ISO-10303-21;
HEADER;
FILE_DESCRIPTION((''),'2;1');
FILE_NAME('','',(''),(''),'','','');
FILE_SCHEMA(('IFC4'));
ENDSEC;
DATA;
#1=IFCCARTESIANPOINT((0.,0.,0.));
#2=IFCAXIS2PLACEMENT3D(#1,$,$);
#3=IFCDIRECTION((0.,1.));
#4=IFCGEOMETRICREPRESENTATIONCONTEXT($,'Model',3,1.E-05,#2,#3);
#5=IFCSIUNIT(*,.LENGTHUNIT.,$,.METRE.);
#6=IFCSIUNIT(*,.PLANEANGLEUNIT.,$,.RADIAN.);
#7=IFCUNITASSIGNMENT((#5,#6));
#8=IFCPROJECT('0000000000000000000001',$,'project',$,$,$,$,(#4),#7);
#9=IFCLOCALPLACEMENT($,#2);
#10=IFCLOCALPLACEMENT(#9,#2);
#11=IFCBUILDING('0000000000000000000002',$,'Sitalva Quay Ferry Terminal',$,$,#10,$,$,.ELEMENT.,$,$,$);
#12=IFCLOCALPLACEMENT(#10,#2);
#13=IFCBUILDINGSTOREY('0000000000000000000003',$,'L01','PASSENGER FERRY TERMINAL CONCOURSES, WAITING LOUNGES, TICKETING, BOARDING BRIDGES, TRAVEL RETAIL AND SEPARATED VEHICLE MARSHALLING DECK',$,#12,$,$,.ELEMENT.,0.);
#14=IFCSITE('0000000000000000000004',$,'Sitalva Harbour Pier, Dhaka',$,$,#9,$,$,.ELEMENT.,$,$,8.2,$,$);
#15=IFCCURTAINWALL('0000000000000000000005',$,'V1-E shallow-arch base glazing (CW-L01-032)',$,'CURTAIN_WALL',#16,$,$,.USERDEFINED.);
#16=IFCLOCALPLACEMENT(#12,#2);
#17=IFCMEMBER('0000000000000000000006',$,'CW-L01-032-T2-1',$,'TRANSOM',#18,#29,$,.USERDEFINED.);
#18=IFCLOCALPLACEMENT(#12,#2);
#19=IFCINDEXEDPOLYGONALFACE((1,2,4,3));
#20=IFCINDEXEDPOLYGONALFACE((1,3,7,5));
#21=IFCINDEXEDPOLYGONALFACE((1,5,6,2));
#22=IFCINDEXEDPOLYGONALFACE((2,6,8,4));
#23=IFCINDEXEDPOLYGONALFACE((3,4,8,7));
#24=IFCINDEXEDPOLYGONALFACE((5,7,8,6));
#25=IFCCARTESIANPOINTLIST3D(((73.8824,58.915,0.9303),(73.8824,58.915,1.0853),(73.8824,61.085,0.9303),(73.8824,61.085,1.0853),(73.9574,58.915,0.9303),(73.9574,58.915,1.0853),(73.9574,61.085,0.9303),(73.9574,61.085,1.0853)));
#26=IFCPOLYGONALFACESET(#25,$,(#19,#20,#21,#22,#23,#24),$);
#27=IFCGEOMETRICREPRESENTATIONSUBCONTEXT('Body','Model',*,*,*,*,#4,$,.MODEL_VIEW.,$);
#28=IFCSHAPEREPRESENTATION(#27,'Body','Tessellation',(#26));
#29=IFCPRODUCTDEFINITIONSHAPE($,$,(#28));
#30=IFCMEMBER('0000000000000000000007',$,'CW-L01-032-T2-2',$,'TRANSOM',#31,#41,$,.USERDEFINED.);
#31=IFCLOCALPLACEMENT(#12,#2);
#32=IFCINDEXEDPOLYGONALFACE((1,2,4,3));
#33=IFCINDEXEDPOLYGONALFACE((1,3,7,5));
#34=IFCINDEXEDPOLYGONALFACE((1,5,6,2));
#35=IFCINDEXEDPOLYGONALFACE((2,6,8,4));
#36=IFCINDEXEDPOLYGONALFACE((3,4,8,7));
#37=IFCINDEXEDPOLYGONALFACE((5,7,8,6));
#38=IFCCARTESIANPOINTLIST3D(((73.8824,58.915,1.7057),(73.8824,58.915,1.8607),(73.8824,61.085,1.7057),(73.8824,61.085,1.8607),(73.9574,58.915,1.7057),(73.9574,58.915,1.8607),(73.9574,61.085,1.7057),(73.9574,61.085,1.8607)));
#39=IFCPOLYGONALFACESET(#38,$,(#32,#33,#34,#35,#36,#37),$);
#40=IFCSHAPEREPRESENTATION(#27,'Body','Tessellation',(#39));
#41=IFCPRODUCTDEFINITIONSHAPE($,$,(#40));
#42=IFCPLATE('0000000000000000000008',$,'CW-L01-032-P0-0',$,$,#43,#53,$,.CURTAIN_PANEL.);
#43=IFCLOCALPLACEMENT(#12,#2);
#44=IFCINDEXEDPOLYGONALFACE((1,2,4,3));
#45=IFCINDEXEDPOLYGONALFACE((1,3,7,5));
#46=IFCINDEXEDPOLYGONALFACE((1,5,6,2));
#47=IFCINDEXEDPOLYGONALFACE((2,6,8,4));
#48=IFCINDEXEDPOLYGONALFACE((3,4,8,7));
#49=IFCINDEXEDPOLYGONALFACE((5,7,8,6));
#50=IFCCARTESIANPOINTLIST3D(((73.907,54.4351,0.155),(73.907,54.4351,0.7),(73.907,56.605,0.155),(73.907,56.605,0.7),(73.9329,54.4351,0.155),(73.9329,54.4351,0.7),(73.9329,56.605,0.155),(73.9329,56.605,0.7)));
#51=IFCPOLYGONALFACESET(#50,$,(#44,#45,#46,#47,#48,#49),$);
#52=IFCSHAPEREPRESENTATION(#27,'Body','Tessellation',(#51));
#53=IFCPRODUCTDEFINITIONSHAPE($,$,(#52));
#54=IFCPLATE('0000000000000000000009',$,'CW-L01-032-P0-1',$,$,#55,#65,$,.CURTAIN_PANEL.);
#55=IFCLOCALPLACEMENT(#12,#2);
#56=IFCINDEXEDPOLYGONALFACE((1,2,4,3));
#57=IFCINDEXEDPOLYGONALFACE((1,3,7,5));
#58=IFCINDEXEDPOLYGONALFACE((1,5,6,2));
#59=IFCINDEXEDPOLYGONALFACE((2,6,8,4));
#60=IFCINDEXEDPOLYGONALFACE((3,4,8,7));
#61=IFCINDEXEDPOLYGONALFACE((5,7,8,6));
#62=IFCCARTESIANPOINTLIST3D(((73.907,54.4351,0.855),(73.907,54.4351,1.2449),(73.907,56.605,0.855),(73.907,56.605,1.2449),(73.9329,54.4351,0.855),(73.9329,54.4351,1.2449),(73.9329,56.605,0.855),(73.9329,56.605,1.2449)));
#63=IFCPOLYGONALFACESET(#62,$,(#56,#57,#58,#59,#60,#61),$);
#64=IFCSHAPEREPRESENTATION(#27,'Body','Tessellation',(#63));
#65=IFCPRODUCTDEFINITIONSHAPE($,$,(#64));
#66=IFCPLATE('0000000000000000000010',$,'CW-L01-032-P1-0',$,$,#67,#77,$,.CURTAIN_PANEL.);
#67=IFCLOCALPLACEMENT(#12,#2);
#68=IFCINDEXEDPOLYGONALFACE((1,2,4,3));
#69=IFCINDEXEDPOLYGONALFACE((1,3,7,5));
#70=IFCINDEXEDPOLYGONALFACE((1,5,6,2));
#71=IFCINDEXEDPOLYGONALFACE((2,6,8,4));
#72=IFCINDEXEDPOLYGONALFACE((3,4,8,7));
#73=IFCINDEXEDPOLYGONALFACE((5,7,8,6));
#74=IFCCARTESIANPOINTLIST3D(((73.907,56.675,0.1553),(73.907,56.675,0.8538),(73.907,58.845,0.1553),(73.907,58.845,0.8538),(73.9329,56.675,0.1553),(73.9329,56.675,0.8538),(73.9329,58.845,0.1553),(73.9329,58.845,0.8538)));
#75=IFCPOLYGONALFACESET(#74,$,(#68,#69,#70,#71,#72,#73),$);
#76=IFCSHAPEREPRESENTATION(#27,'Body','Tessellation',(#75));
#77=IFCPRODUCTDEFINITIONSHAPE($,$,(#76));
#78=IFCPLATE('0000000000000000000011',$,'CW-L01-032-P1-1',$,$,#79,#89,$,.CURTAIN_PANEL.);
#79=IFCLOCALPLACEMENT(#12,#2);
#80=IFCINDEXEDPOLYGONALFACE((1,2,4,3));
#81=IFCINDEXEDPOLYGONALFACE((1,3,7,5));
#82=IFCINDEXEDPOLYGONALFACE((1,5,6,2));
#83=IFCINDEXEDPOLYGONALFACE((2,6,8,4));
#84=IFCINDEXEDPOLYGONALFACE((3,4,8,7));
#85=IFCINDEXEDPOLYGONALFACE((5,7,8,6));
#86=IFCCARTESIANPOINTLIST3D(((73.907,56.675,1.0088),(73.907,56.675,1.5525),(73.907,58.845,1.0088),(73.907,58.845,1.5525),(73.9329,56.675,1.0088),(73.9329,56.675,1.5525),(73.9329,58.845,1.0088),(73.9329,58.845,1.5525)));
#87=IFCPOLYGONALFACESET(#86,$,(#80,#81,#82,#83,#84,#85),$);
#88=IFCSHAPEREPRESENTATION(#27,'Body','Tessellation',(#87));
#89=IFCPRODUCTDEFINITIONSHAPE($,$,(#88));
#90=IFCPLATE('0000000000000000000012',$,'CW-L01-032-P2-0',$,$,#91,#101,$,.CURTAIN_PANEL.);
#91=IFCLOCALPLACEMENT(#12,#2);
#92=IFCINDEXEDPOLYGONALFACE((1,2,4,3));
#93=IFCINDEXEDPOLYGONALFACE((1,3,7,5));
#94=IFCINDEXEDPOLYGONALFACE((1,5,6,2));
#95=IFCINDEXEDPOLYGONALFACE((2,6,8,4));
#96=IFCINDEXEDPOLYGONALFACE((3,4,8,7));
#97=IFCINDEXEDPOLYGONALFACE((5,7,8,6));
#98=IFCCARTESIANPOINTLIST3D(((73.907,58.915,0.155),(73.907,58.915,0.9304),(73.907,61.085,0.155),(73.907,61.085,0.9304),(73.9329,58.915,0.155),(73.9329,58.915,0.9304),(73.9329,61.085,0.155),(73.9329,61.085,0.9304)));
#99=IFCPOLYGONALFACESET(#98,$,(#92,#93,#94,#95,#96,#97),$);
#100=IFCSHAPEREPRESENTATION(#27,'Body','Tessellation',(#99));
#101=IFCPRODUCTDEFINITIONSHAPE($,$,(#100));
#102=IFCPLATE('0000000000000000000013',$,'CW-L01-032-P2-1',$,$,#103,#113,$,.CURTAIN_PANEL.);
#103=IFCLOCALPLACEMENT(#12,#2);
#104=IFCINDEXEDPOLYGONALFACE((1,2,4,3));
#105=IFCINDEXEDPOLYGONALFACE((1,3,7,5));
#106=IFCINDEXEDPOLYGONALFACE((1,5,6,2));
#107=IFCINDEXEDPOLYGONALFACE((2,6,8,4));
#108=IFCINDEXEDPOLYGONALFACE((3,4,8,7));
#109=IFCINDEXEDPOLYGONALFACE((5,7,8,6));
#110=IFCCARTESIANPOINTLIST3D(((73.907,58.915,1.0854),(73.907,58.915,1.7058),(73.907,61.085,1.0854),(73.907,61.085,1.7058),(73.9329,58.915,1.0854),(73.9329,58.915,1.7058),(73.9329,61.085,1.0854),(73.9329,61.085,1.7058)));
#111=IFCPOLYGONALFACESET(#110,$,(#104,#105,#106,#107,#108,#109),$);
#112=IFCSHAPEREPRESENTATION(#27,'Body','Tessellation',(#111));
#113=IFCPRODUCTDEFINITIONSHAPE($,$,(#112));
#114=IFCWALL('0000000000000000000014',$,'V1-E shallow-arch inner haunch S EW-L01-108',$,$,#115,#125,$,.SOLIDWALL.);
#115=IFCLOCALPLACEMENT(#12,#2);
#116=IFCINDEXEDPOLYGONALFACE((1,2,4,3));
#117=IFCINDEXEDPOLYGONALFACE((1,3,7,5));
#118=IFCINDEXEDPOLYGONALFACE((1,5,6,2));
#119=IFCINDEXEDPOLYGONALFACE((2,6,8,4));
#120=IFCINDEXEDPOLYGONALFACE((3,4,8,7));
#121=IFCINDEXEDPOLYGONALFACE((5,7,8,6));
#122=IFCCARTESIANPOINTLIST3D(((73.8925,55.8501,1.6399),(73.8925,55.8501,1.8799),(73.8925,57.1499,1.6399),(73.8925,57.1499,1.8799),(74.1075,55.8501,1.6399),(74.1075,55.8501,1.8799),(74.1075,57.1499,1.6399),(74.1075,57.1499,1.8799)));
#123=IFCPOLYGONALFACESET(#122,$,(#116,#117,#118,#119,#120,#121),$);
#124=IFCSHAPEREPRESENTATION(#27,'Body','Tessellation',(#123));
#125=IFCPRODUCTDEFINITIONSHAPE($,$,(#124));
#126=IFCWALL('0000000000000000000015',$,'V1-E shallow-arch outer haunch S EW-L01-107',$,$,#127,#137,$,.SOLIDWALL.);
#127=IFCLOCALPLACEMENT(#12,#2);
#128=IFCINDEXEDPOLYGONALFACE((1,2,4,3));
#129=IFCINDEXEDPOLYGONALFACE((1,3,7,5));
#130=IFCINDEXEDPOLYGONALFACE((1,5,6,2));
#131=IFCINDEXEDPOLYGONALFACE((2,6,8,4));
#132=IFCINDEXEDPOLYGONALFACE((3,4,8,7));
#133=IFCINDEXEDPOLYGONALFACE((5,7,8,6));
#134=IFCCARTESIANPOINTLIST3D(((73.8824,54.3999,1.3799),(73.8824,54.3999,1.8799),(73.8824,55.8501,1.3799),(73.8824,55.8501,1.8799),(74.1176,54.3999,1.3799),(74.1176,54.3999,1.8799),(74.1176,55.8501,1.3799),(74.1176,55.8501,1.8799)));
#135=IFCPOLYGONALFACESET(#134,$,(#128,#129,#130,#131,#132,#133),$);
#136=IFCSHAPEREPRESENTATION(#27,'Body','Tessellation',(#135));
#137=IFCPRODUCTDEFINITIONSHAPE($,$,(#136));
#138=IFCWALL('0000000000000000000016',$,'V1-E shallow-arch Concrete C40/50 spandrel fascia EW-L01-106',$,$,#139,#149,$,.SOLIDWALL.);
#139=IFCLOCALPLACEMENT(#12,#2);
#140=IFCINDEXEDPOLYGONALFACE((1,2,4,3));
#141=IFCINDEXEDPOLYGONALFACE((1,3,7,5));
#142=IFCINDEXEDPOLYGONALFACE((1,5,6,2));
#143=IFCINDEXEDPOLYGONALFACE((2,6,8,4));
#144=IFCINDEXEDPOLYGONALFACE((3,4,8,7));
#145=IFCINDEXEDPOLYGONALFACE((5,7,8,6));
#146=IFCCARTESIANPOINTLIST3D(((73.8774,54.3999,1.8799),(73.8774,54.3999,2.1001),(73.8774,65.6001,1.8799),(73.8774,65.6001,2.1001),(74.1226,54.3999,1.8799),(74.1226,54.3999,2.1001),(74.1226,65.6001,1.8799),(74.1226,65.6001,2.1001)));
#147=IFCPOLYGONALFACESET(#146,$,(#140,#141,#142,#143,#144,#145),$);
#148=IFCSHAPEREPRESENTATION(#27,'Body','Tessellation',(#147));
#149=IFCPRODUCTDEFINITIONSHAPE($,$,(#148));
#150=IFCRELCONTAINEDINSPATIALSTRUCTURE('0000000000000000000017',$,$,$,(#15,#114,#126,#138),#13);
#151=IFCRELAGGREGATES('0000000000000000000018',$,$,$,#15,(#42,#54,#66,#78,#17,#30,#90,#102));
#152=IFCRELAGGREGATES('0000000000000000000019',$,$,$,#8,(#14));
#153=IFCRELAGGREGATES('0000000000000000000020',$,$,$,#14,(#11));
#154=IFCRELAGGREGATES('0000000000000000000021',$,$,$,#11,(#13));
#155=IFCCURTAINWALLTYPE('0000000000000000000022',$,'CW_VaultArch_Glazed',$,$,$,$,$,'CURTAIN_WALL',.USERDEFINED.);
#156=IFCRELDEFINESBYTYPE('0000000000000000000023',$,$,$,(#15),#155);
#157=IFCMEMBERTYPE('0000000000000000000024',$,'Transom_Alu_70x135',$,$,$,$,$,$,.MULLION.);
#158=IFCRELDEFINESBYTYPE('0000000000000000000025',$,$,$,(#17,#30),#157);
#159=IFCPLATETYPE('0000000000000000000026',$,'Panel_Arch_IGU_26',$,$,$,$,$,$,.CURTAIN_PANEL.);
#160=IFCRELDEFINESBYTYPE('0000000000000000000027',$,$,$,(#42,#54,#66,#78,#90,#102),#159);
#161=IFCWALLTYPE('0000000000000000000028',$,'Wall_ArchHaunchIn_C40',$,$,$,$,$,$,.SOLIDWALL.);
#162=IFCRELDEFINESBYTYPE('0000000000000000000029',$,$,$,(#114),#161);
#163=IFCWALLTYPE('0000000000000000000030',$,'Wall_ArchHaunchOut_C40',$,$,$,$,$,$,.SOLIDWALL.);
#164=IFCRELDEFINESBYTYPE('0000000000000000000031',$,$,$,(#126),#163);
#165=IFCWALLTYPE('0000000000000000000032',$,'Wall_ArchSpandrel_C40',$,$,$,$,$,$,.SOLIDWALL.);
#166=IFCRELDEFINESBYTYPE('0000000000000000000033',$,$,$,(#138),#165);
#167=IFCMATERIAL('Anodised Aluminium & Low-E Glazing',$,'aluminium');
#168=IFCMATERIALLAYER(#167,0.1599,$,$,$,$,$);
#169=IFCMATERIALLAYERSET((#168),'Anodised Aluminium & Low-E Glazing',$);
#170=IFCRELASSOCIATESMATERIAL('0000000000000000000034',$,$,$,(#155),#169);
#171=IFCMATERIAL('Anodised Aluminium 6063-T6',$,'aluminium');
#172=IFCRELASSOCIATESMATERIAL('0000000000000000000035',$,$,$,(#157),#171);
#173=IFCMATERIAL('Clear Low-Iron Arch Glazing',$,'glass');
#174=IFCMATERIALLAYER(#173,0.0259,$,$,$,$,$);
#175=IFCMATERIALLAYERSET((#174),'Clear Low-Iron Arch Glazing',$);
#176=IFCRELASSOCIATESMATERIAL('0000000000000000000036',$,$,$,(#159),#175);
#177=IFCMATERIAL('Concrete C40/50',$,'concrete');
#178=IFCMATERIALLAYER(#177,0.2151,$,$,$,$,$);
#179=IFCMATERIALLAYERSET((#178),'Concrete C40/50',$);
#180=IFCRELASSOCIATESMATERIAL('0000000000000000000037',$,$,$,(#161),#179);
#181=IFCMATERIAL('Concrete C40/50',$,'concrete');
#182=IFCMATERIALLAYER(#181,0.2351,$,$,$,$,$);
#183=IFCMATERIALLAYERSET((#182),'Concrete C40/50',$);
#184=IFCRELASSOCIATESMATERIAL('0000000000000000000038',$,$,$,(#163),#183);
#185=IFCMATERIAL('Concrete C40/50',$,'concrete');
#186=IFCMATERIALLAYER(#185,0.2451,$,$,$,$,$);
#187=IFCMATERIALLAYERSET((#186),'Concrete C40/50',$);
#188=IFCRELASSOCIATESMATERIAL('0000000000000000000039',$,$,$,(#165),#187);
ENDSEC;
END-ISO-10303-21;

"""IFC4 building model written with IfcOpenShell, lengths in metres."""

from ifc_helpers import new_model, si_unit, direction, frame, frame_2d, origin, origin_2d, place, context, subcontext, project, spatial, rectangle, extrude, material, layer, layer_set, material_profile, profile_set, type_object, element, aggregate, save


model = new_model("IFC4")

# Units and contexts
model_context = context("Model", 3, precision=1e-05, world=origin(), true_north=direction((0.0, 1.0)))
body_context = subcontext(model_context, "Body", "Model", "MODEL_VIEW")
ifc_project = project(units=[si_unit("LENGTHUNIT", "METRE"), si_unit("PLANEANGLEUNIT", "RADIAN")], contexts=[model_context])

# Site, building, storey
site_placement = place(None, origin())
site = spatial("IfcSite", under=ifc_project, at=site_placement, Name="Sitalva Harbour Pier, Dhaka", CompositionType="ELEMENT", RefElevation=8.2)
building_placement = place(site_placement, origin())
building = spatial("IfcBuilding", under=site, at=building_placement, Name="Sitalva Quay Ferry Terminal", CompositionType="ELEMENT")
storey_placement = place(building_placement, origin())
storey = spatial("IfcBuildingStorey", under=building, at=storey_placement, Name="L01", Description="PASSENGER FERRY TERMINAL CONCOURSES, WAITING LOUNGES, TICKETING, BOARDING BRIDGES, TRAVEL RETAIL AND SEPARATED VEHICLE MARSHALLING DECK", CompositionType="ELEMENT", Elevation=0.0)

# Curtain wall, members, plates
ifc_material_1 = material(Name="Anodised Aluminium & Low-E Glazing", Category="aluminium")
ifc_layer_1 = layer(ifc_material_1, 0.1599)
ifc_layer_set_1 = layer_set([ifc_layer_1], Name="Anodised Aluminium & Low-E Glazing")
curtain_wall_type = type_object("IfcCurtainWallType", Name="CW_VaultArch_Glazed", ElementType="CURTAIN_WALL", PredefinedType="USERDEFINED", material=ifc_layer_set_1)
curtain_wall_placement = place(storey_placement, origin())
curtain_wall = element("IfcCurtainWall", 1, at=curtain_wall_placement, inside=storey, type_object=curtain_wall_type, Name="V1-E shallow-arch base glazing (CW-L01-032)", ObjectType="CURTAIN_WALL", PredefinedType="USERDEFINED")
ifc_material_2 = material(Name="Anodised Aluminium 6063-T6", Category="aluminium")
ifc_material_profile_1 = material_profile(ifc_material_2, rectangle(XDim=0.075, YDim=0.155, at=origin_2d()), Name="ALU75x155")
ifc_profile_set_1 = profile_set([ifc_material_profile_1], Name="Anodised Aluminium 6063-T6")
member_type_1 = type_object("IfcMemberType", Name="Transom_Alu_70x135", PredefinedType="MULLION", material=ifc_profile_set_1)
member_1_placement = place(storey_placement, frame((73.9199, 58.915, 1.0078), z_axis=(0.0, 1.0, 0.0), x_axis=(-1.0, 0.0, 0.0)))
member_1 = element("IfcMember", 2, at=member_1_placement, type_object=member_type_1, Name="CW-L01-032-T2-1", ObjectType="TRANSOM", PredefinedType="USERDEFINED", context=body_context, shape_type="SweptSolid", body=[
    extrude(rectangle(XDim=0.075, YDim=0.155, at=origin_2d()), origin(), (0.0, 0.0, 1.0), 2.1699),
])
member_2_placement = place(storey_placement, frame((73.9199, 58.915, 1.7832), z_axis=(0.0, 1.0, 0.0), x_axis=(-1.0, 0.0, 0.0)))
member_2 = element("IfcMember", 3, at=member_2_placement, type_object=member_type_1, Name="CW-L01-032-T2-2", ObjectType="TRANSOM", PredefinedType="USERDEFINED", context=body_context, shape_type="SweptSolid", body=[
    extrude(rectangle(XDim=0.075, YDim=0.155, at=origin_2d()), origin(), (0.0, 0.0, 1.0), 2.1699),
])
ifc_material_3 = material(Name="Clear Low-Iron Arch Glazing", Category="glass")
ifc_layer_2 = layer(ifc_material_3, 0.0259)
ifc_layer_set_2 = layer_set([ifc_layer_2], Name="Clear Low-Iron Arch Glazing")
plate_type = type_object("IfcPlateType", Name="Panel_Arch_IGU_26", PredefinedType="CURTAIN_PANEL", material=ifc_layer_set_2)
plate_1_placement = place(storey_placement, frame((73.9199, 55.52, 0.155), z_axis=(0.0, 0.0, 1.0), x_axis=(0.0, 1.0, 0.0)))
plate_1 = element("IfcPlate", 4, at=plate_1_placement, type_object=plate_type, Name="CW-L01-032-P0-0", PredefinedType="CURTAIN_PANEL", context=body_context, shape_type="SweptSolid", body=[
    extrude(rectangle(XDim=2.1699, YDim=0.0259, at=origin_2d()), origin(), (0.0, 0.0, 1.0), 0.5449),
])
plate_2_placement = place(storey_placement, frame((73.9199, 55.52, 0.855), z_axis=(0.0, 0.0, 1.0), x_axis=(0.0, 1.0, 0.0)))
plate_2 = element("IfcPlate", 5, at=plate_2_placement, type_object=plate_type, Name="CW-L01-032-P0-1", PredefinedType="CURTAIN_PANEL", context=body_context, shape_type="SweptSolid", body=[
    extrude(rectangle(XDim=2.1699, YDim=0.0259, at=origin_2d()), origin(), (0.0, 0.0, 1.0), 0.3899),
])
plate_3_placement = place(storey_placement, frame((73.9199, 57.76, 0.1553), z_axis=(0.0, 0.0, 1.0), x_axis=(0.0, 1.0, 0.0)))
plate_3 = element("IfcPlate", 6, at=plate_3_placement, type_object=plate_type, Name="CW-L01-032-P1-0", PredefinedType="CURTAIN_PANEL", context=body_context, shape_type="SweptSolid", body=[
    extrude(rectangle(XDim=2.1699, YDim=0.0259, at=origin_2d()), origin(), (0.0, 0.0, 1.0), 0.6985),
])
plate_4_placement = place(storey_placement, frame((73.9199, 57.76, 1.0088), z_axis=(0.0, 0.0, 1.0), x_axis=(0.0, 1.0, 0.0)))
plate_4 = element("IfcPlate", 7, at=plate_4_placement, type_object=plate_type, Name="CW-L01-032-P1-1", PredefinedType="CURTAIN_PANEL", context=body_context, shape_type="SweptSolid", body=[
    extrude(rectangle(XDim=2.1699, YDim=0.0259, at=origin_2d()), origin(), (0.0, 0.0, 1.0), 0.5437),
])
plate_5_placement = place(storey_placement, frame((73.9199, 60.0, 0.155), z_axis=(0.0, 0.0, 1.0), x_axis=(0.0, 1.0, 0.0)))
plate_5 = element("IfcPlate", 8, at=plate_5_placement, type_object=plate_type, Name="CW-L01-032-P2-0", PredefinedType="CURTAIN_PANEL", context=body_context, shape_type="SweptSolid", body=[
    extrude(rectangle(XDim=2.1699, YDim=0.0259, at=origin_2d()), origin(), (0.0, 0.0, 1.0), 0.7754),
])
plate_6_placement = place(storey_placement, frame((73.9199, 60.0, 1.0854), z_axis=(0.0, 0.0, 1.0), x_axis=(0.0, 1.0, 0.0)))
plate_6 = element("IfcPlate", 9, at=plate_6_placement, type_object=plate_type, Name="CW-L01-032-P2-1", PredefinedType="CURTAIN_PANEL", context=body_context, shape_type="SweptSolid", body=[
    extrude(rectangle(XDim=2.1699, YDim=0.0259, at=origin_2d()), origin(), (0.0, 0.0, 1.0), 0.6204),
])
aggregate(curtain_wall, [plate_1, plate_2, plate_3, plate_4, member_1, member_2, plate_5, plate_6])

# Walls
ifc_material_4 = material(Name="Concrete C40/50", Category="concrete")
ifc_layer_3 = layer(ifc_material_4, 0.2151)
ifc_layer_set_3 = layer_set([ifc_layer_3], Name="Concrete C40/50")
wall_type_1 = type_object("IfcWallType", Name="Wall_ArchHaunchIn_C40", PredefinedType="SOLIDWALL", material=ifc_layer_set_3)
wall_1_placement = place(storey_placement, frame((74.0, 55.8501, 1.6399), z_axis=(0.0, 0.0, 1.0), x_axis=(0.0, 1.0, 0.0)))
element("IfcWall", 10, at=wall_1_placement, inside=storey, type_object=wall_type_1, Name="V1-E shallow-arch inner haunch S EW-L01-108", PredefinedType="SOLIDWALL", context=body_context, shape_type="SweptSolid", body=[
    extrude(rectangle(XDim=1.2998, YDim=0.2151, at=frame_2d((0.6499, 0.0))), origin(), (0.0, 0.0, 1.0), 0.24),
])
ifc_material_5 = material(Name="Concrete C40/50", Category="concrete")
ifc_layer_4 = layer(ifc_material_5, 0.2351)
ifc_layer_set_4 = layer_set([ifc_layer_4], Name="Concrete C40/50")
wall_type_2 = type_object("IfcWallType", Name="Wall_ArchHaunchOut_C40", PredefinedType="SOLIDWALL", material=ifc_layer_set_4)
wall_2_placement = place(storey_placement, frame((74.0, 54.3999, 1.3799), z_axis=(0.0, 0.0, 1.0), x_axis=(0.0, 1.0, 0.0)))
element("IfcWall", 11, at=wall_2_placement, inside=storey, type_object=wall_type_2, Name="V1-E shallow-arch outer haunch S EW-L01-107", PredefinedType="SOLIDWALL", context=body_context, shape_type="SweptSolid", body=[
    extrude(rectangle(XDim=1.4502, YDim=0.2351, at=frame_2d((0.7251, 0.0))), origin(), (0.0, 0.0, 1.0), 0.5),
])
ifc_material_6 = material(Name="Concrete C40/50", Category="concrete")
ifc_layer_5 = layer(ifc_material_6, 0.2451)
ifc_layer_set_5 = layer_set([ifc_layer_5], Name="Concrete C40/50")
wall_type_3 = type_object("IfcWallType", Name="Wall_ArchSpandrel_C40", PredefinedType="SOLIDWALL", material=ifc_layer_set_5)
wall_3_placement = place(storey_placement, frame((74.0, 54.3999, 1.8799), z_axis=(0.0, 0.0, 1.0), x_axis=(0.0, 1.0, 0.0)))
element("IfcWall", 12, at=wall_3_placement, inside=storey, type_object=wall_type_3, Name="V1-E shallow-arch Concrete C40/50 spandrel fascia EW-L01-106", PredefinedType="SOLIDWALL", context=body_context, shape_type="SweptSolid", body=[
    extrude(rectangle(XDim=11.2002, YDim=0.2451, at=frame_2d((5.6001, 0.0))), origin(), (0.0, 0.0, 1.0), 0.2202),
])

save(model, "model.ifc")
